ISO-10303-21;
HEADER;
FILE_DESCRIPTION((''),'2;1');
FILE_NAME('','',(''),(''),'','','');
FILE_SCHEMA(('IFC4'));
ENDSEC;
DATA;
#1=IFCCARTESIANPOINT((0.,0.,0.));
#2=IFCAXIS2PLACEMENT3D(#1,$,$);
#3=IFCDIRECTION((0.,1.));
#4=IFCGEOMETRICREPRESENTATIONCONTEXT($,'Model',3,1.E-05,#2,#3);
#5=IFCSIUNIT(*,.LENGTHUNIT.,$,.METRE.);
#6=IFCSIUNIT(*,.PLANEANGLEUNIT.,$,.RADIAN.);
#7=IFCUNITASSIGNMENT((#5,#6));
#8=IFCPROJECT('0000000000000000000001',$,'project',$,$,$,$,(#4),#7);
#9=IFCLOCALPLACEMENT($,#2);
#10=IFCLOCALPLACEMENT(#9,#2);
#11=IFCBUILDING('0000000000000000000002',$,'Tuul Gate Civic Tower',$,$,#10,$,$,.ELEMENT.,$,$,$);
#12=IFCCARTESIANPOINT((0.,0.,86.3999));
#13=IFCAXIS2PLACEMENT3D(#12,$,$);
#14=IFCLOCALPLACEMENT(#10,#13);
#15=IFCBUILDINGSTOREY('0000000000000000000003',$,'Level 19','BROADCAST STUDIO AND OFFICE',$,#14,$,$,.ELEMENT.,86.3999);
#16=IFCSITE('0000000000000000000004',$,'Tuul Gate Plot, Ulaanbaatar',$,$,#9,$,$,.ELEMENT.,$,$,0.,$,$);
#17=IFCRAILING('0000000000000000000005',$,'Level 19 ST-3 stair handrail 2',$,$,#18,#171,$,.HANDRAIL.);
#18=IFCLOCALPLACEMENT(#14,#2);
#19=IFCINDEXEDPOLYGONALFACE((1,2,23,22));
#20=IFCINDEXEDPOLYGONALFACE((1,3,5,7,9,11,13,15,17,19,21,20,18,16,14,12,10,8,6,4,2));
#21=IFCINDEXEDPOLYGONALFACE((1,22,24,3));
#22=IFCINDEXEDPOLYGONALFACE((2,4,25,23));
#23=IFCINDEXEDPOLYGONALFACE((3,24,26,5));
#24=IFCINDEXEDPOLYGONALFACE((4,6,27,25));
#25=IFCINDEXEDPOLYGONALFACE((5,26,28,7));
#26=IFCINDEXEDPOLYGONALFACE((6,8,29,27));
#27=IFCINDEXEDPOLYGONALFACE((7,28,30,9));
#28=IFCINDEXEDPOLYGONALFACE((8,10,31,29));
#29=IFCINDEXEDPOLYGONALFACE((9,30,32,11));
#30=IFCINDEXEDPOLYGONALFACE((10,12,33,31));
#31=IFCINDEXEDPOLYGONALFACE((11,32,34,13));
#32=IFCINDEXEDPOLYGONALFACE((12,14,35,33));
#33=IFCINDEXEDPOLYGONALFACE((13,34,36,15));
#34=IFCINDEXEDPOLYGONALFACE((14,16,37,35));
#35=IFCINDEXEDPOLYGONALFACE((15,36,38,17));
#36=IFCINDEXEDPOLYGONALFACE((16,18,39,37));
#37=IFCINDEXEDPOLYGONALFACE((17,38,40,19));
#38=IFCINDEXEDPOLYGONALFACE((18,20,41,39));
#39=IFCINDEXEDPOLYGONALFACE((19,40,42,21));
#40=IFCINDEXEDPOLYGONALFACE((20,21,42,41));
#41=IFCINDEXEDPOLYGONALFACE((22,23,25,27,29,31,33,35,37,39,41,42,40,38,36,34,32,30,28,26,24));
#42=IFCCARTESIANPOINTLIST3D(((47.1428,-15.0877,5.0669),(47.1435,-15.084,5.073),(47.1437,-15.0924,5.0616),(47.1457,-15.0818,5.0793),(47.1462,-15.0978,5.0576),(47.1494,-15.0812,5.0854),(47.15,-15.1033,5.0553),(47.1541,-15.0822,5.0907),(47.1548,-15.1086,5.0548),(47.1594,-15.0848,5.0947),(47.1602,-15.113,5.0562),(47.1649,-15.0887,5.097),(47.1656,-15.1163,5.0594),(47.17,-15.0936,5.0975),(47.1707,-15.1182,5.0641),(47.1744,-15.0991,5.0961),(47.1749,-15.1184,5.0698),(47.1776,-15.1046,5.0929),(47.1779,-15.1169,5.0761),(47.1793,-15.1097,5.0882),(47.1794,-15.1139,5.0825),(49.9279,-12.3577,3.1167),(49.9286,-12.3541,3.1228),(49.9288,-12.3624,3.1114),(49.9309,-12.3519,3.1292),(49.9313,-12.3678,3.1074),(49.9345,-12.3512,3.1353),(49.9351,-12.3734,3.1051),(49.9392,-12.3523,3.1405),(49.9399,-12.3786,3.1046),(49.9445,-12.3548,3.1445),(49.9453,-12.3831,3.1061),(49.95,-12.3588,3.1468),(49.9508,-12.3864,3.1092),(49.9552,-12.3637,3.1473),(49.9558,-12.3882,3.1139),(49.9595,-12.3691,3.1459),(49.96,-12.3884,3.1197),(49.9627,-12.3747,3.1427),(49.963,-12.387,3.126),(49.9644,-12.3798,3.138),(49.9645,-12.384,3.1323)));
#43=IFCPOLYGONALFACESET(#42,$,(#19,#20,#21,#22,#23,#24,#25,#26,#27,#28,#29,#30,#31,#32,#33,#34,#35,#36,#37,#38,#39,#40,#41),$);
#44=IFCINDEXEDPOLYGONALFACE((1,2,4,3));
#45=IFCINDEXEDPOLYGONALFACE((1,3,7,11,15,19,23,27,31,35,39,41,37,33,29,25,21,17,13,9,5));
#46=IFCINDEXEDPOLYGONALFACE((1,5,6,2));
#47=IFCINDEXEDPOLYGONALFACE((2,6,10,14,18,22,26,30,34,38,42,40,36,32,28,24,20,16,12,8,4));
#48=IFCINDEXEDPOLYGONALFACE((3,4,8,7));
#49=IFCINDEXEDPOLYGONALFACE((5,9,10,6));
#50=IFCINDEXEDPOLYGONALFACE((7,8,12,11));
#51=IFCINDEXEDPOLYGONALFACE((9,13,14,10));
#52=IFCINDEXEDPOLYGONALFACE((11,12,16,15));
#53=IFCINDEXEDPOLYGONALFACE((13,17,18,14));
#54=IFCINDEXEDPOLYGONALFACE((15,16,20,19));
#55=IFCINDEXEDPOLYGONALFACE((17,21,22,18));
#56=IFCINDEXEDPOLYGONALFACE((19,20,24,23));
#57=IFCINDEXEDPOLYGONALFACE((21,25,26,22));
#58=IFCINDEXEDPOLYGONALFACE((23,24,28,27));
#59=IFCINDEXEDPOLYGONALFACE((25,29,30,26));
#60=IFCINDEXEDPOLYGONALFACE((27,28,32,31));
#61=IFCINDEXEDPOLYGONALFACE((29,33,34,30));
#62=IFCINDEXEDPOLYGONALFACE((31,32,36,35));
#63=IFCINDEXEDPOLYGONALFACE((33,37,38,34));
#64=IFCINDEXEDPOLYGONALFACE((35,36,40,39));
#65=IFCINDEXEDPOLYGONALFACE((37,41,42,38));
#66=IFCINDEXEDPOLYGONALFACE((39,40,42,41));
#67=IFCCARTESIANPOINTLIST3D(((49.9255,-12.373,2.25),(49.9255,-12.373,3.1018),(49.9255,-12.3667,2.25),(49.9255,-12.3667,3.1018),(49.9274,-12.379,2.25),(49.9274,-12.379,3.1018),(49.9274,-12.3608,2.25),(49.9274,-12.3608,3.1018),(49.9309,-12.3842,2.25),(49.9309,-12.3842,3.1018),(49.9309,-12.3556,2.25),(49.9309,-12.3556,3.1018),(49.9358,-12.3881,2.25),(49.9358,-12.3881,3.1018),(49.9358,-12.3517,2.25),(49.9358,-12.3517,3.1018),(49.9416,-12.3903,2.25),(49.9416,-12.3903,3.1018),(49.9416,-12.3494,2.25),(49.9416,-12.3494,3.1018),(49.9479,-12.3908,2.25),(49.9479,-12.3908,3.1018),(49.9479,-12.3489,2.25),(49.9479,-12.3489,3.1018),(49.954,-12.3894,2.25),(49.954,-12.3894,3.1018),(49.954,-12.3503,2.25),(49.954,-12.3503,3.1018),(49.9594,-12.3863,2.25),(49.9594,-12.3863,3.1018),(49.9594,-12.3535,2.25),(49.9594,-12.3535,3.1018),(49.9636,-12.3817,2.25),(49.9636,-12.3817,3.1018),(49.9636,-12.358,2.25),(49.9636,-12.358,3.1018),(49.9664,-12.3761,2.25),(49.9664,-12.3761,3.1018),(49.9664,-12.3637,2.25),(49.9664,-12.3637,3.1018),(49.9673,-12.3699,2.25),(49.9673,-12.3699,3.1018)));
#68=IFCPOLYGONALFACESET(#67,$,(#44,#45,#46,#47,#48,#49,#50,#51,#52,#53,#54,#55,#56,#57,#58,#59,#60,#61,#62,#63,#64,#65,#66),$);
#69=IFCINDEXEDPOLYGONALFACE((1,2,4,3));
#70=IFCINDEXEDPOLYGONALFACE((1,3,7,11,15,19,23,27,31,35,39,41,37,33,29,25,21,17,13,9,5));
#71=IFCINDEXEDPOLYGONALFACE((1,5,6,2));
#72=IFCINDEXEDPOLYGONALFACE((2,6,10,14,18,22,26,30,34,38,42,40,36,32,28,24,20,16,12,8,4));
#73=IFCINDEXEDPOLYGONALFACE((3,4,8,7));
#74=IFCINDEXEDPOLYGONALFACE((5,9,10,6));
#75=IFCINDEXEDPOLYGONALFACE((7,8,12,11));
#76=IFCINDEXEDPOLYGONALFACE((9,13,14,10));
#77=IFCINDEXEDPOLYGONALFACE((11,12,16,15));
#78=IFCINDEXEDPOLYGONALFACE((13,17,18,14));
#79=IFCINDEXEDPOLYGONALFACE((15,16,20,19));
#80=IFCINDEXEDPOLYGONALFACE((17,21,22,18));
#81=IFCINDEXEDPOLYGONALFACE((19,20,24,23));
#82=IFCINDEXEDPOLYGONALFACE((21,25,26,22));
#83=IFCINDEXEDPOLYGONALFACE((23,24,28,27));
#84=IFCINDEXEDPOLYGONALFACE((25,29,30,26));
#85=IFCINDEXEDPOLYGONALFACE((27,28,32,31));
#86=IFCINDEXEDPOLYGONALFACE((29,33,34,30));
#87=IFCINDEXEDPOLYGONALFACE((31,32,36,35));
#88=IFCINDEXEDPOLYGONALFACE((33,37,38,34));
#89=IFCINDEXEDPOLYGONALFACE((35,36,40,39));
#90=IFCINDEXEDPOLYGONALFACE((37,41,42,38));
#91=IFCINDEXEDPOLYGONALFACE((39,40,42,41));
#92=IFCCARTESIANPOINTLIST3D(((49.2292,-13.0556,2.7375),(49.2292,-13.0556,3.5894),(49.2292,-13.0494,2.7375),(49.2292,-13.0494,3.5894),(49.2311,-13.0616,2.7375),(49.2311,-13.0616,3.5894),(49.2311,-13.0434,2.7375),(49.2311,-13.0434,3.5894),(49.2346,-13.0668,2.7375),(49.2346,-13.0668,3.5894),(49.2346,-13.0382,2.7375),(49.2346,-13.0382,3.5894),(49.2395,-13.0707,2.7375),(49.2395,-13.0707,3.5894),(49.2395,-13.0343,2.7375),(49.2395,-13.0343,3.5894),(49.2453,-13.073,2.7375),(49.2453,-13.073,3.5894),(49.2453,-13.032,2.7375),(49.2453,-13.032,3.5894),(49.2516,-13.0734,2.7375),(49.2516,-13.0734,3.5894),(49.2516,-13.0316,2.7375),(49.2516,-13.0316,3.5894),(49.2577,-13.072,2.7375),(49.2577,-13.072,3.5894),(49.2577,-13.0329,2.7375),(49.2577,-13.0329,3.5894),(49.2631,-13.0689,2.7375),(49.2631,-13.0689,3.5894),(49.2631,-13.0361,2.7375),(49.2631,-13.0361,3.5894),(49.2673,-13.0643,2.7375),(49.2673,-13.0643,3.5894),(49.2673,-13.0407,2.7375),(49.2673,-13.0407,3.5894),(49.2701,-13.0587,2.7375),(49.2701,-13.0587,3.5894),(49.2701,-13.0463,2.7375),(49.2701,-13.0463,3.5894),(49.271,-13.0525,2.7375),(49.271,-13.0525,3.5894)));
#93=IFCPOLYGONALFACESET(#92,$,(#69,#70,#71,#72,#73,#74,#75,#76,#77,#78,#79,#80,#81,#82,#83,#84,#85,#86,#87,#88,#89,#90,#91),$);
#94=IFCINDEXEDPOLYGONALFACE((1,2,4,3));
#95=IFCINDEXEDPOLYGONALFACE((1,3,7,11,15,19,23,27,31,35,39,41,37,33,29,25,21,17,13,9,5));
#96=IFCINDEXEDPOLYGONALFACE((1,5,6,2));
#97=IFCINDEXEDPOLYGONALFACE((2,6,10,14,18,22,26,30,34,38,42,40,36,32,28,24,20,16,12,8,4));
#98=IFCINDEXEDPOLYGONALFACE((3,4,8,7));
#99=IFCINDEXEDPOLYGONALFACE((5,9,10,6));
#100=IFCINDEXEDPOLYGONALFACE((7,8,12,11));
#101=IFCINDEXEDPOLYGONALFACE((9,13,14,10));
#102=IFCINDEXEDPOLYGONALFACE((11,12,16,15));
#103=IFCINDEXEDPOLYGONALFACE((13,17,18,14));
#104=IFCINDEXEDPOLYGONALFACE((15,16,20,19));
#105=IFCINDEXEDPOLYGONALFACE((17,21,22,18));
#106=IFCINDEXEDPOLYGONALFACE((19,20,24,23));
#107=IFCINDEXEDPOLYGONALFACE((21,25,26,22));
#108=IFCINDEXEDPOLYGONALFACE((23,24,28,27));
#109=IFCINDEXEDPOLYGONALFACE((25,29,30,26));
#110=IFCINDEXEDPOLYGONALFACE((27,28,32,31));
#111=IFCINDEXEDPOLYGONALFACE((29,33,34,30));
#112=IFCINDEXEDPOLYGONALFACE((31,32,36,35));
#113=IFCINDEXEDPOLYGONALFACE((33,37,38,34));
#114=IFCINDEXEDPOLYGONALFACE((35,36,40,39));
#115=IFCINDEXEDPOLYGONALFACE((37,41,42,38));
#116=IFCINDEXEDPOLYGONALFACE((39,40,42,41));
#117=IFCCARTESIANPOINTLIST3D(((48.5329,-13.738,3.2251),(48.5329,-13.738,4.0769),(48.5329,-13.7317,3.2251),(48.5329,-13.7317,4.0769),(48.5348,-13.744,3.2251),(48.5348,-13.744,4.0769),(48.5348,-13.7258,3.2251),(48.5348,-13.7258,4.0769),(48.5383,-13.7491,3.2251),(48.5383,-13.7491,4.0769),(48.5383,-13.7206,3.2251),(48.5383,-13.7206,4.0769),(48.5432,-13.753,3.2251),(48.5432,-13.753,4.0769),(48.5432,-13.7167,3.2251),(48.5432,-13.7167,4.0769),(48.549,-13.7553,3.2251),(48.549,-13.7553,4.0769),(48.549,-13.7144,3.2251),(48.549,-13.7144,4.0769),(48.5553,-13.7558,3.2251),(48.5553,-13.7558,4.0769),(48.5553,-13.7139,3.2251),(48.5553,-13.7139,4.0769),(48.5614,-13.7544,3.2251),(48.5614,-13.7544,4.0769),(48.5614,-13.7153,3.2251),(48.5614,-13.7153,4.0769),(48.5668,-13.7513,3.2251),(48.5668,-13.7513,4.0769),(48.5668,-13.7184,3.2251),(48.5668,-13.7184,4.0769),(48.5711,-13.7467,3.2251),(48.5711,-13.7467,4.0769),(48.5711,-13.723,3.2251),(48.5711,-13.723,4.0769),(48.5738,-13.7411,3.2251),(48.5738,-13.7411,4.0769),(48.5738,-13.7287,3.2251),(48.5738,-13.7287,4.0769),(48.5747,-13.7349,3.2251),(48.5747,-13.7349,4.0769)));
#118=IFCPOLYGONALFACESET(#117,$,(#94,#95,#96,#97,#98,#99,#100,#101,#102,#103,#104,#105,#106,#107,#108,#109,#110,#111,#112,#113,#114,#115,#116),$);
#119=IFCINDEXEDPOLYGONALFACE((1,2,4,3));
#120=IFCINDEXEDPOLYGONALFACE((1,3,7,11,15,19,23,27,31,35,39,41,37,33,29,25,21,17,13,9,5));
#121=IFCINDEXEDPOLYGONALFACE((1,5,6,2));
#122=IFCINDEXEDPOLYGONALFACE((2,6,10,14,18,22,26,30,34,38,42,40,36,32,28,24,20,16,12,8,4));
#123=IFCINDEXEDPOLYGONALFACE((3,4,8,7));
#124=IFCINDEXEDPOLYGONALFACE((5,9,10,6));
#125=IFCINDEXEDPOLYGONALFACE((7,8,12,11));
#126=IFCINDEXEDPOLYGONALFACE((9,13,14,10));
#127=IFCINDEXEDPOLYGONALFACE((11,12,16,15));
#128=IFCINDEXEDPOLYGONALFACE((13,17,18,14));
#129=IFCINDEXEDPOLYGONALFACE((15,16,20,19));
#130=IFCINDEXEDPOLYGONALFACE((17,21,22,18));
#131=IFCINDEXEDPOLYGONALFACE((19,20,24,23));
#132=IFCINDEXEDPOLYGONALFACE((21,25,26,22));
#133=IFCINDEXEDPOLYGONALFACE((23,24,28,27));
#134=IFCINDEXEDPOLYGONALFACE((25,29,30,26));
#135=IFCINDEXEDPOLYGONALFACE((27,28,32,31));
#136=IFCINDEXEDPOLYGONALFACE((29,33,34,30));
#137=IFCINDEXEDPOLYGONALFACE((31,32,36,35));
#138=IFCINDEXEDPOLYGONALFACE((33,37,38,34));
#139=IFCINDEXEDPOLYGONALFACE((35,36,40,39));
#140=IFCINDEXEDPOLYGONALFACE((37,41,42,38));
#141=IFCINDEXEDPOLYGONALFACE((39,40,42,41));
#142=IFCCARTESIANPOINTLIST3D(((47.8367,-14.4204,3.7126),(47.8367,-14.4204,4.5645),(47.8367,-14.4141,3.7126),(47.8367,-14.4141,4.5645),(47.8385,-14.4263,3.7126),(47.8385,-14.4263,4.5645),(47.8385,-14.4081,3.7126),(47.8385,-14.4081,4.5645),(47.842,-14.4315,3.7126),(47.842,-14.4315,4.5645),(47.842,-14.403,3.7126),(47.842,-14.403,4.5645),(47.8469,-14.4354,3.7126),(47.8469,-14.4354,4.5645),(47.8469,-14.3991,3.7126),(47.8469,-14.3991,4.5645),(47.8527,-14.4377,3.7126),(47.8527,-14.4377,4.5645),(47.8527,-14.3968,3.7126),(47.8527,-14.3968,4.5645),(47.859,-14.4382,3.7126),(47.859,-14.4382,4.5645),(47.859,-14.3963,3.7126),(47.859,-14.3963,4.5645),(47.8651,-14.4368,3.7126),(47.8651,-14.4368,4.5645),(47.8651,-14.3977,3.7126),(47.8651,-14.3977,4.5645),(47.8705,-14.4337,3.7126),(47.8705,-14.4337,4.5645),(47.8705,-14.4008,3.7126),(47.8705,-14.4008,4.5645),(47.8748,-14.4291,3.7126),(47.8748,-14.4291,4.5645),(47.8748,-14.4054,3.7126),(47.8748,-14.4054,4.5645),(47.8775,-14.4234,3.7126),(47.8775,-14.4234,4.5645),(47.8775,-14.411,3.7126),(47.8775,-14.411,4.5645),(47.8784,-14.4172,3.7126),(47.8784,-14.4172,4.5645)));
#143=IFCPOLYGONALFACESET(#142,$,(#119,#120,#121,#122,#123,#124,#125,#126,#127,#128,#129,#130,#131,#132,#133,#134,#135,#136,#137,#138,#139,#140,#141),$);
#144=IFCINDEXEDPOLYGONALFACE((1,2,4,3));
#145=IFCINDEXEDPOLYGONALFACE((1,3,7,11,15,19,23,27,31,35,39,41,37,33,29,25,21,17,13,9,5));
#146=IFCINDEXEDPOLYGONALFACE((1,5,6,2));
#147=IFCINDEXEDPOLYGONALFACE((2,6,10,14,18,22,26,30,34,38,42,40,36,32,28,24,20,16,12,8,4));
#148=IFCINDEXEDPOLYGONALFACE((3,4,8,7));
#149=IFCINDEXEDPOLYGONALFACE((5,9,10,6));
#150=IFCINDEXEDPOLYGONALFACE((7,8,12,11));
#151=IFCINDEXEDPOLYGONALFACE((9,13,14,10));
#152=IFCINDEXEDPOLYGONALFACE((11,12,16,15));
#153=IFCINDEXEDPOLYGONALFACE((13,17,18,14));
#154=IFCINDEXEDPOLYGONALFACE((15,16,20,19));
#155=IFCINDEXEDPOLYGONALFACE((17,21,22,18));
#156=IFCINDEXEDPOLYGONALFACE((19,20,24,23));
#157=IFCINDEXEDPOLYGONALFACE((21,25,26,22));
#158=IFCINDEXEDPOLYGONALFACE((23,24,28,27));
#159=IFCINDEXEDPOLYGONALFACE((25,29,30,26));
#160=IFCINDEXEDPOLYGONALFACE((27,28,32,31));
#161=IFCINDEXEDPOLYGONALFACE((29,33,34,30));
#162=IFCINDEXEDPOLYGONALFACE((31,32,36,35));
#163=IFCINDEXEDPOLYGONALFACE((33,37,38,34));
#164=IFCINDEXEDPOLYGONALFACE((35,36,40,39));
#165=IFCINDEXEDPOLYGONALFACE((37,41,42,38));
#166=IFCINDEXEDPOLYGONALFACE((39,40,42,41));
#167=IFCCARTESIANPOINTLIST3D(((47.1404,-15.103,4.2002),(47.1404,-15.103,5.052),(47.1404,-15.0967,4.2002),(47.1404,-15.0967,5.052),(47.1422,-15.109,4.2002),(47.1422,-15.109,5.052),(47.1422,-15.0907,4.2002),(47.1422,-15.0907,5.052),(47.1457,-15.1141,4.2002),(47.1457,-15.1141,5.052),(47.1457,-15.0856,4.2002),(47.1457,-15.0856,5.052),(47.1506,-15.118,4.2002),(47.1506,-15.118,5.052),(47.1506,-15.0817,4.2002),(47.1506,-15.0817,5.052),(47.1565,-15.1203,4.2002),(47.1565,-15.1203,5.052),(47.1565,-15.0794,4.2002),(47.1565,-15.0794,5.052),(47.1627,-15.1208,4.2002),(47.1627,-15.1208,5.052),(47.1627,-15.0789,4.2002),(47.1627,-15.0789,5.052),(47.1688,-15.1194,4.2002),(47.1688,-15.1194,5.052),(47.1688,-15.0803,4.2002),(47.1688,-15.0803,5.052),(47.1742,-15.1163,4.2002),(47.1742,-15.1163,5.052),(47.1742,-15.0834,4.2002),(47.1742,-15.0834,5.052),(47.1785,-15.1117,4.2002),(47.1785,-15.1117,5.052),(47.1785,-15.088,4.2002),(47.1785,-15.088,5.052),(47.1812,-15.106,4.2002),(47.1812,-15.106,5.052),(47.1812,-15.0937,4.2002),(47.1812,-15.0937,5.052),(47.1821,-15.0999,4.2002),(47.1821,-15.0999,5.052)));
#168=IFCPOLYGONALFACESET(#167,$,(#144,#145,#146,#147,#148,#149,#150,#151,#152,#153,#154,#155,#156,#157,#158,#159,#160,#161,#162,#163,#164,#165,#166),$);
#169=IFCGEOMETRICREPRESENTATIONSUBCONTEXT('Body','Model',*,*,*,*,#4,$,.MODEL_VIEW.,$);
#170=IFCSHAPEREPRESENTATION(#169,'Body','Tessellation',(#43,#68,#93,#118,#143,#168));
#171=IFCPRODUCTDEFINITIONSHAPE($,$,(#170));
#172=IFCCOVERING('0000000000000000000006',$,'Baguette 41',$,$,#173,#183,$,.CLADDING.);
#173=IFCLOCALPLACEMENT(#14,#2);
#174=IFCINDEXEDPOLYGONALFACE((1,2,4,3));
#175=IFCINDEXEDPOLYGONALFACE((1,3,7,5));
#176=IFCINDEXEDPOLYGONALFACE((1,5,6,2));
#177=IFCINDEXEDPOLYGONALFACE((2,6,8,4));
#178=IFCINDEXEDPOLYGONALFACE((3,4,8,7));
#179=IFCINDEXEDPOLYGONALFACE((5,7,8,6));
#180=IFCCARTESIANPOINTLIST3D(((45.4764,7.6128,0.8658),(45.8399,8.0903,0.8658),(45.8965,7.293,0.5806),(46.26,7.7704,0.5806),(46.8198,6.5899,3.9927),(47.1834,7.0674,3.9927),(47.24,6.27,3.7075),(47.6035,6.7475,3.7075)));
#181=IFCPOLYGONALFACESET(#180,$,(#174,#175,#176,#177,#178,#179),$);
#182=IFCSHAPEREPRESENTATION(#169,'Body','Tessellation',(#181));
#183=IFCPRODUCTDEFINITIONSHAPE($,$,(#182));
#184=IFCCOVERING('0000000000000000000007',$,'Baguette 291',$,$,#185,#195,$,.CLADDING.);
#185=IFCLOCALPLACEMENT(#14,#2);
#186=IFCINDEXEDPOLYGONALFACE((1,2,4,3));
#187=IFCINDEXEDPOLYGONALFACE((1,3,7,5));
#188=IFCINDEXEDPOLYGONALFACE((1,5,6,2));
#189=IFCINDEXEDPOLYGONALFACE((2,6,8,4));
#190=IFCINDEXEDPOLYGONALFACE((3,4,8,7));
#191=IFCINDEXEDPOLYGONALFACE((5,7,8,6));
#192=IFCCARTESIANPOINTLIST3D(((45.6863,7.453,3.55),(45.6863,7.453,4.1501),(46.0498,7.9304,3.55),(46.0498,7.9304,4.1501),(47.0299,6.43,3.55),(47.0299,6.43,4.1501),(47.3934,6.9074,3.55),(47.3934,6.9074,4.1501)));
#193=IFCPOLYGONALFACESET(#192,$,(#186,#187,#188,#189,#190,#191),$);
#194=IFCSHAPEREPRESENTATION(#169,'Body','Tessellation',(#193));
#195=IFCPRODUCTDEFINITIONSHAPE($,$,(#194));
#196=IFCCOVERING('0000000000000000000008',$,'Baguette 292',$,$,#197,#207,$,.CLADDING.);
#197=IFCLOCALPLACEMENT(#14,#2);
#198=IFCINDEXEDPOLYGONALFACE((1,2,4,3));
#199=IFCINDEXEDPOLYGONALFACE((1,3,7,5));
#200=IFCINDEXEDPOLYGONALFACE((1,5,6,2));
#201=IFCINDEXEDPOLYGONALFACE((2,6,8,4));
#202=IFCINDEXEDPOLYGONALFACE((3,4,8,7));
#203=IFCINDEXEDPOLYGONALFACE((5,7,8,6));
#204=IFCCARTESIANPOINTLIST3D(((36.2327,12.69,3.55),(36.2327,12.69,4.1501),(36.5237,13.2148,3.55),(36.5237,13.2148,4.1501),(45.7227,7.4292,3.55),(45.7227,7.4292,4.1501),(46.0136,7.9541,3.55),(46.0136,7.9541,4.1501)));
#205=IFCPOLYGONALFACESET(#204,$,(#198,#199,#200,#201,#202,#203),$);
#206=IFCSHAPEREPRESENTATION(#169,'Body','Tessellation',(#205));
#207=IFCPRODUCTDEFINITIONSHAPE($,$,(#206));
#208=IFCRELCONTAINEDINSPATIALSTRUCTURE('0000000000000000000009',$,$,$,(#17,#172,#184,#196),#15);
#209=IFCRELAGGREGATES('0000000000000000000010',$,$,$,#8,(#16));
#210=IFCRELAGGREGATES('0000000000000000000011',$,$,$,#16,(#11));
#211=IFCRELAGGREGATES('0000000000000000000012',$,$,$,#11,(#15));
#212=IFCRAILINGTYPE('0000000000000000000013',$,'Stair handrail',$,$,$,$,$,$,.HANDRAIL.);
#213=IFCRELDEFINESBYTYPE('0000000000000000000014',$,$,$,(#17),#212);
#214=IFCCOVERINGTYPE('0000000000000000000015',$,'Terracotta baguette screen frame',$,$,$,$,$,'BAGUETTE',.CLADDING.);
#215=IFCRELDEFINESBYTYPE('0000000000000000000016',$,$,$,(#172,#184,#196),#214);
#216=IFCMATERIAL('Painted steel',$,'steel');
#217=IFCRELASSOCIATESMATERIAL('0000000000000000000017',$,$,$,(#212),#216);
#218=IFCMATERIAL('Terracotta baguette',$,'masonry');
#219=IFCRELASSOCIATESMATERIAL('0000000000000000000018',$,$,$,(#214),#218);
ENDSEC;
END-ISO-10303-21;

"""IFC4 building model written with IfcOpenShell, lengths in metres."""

from ifc_helpers import new_model, si_unit, direction, frame, origin, origin_2d, place, context, subcontext, project, spatial, rectangle, circle, extrude, material, material_profile, profile_set, type_object, element, save


model = new_model("IFC4")

# Units and contexts
model_context = context("Model", 3, precision=1e-05, world=origin(), true_north=direction((0.0, 1.0)))
body_context = subcontext(model_context, "Body", "Model", "MODEL_VIEW")
ifc_project = project(units=[si_unit("LENGTHUNIT", "METRE"), si_unit("PLANEANGLEUNIT", "RADIAN")], contexts=[model_context])

# Site, building, storey
site_placement = place(None, origin())
site = spatial("IfcSite", under=ifc_project, at=site_placement, Name="Tuul Gate Plot, Ulaanbaatar", CompositionType="ELEMENT", RefElevation=0.0)
building_placement = place(site_placement, origin())
building = spatial("IfcBuilding", under=site, at=building_placement, Name="Tuul Gate Civic Tower", CompositionType="ELEMENT")
storey_placement = place(building_placement, frame((0.0, 0.0, 86.3999)))
storey = spatial("IfcBuildingStorey", under=building, at=storey_placement, Name="Level 19", Description="BROADCAST STUDIO AND OFFICE", CompositionType="ELEMENT", Elevation=86.3999)

# Railing
ifc_material_1 = material(Name="Painted steel", Category="steel")
railing_type = type_object("IfcRailingType", Name="Stair handrail", PredefinedType="HANDRAIL", material=ifc_material_1)
railing_placement = place(storey_placement, frame((49.9463, -12.3699, 2.25)))
element("IfcRailing", 1, at=railing_placement, inside=storey, type_object=railing_type, Name="Level 19 ST-3 stair handrail 2", PredefinedType="HANDRAIL", context=body_context, shape_type="SweptSolid", body=[
    extrude(circle(Radius=0.0239, at=origin_2d()), frame((0.0, 0.0, 0.876), z_axis=(-0.638738, -0.626084, 0.447251), x_axis=(0.699998, -0.714145, 0.0)), (0.0, 0.0, 1.0), 4.3604),
    extrude(circle(Radius=0.021, at=origin_2d()), origin(), (0.0, 0.0, 1.0), 0.8518),
    extrude(circle(Radius=0.021, at=origin_2d()), frame((-0.6963, -0.6826, 0.4875)), (0.0, 0.0, 1.0), 0.8518),
    extrude(circle(Radius=0.021, at=origin_2d()), frame((-1.3926, -1.365, 0.9751)), (0.0, 0.0, 1.0), 0.8518),
    extrude(circle(Radius=0.021, at=origin_2d()), frame((-2.0889, -2.0474, 1.4626)), (0.0, 0.0, 1.0), 0.8518),
    extrude(circle(Radius=0.021, at=origin_2d()), frame((-2.7852, -2.73, 1.9502)), (0.0, 0.0, 1.0), 0.8518),
])

# Coverings
ifc_material_2 = material(Name="Terracotta baguette", Category="masonry")
ifc_material_profile_1 = material_profile(ifc_material_2, rectangle(XDim=0.6001, YDim=0.6001, at=origin_2d()), Name="Terracotta baguette screen frame")
ifc_profile_set_1 = profile_set([ifc_material_profile_1], Name="Terracotta baguette")
covering_type = type_object("IfcCoveringType", Name="Terracotta baguette screen frame", ElementType="BAGUETTE", PredefinedType="CLADDING", material=ifc_profile_set_1)
covering_1_placement = place(storey_placement, frame((47.2117, 6.6687, 3.8501), z_axis=(-0.378051, 0.287849, -0.879898), x_axis=(-0.605791, -0.795624, 0.0)))
element("IfcCovering", 2, at=covering_1_placement, inside=storey, type_object=covering_type, Name="Baguette 41", PredefinedType="CLADDING", context=body_context, shape_type="SweptSolid", body=[
    extrude(rectangle(XDim=0.6001, YDim=0.6001, at=origin_2d()), origin(), (0.0, 0.0, 1.0), 3.5537),
])
covering_2_placement = place(storey_placement, frame((47.2117, 6.6687, 3.8501), z_axis=(-0.795624, 0.605791, 0.0), x_axis=(-0.605791, -0.795624, 0.0)))
element("IfcCovering", 3, at=covering_2_placement, inside=storey, type_object=covering_type, Name="Baguette 291", PredefinedType="CLADDING", context=body_context, shape_type="SweptSolid", body=[
    extrude(rectangle(XDim=0.6001, YDim=0.6001, at=origin_2d()), origin(), (0.0, 0.0, 1.0), 1.6887),
])
covering_3_placement = place(storey_placement, frame((45.8682, 7.6917, 3.8501), z_axis=(-0.874606, 0.484835, 0.0), x_axis=(-0.484835, -0.874606, 0.0)))
element("IfcCovering", 4, at=covering_3_placement, inside=storey, type_object=covering_type, Name="Baguette 292", PredefinedType="CLADDING", context=body_context, shape_type="SweptSolid", body=[
    extrude(rectangle(XDim=0.6001, YDim=0.6001, at=origin_2d()), origin(), (0.0, 0.0, 1.0), 10.8506),
])

save(model, "model.ifc")
